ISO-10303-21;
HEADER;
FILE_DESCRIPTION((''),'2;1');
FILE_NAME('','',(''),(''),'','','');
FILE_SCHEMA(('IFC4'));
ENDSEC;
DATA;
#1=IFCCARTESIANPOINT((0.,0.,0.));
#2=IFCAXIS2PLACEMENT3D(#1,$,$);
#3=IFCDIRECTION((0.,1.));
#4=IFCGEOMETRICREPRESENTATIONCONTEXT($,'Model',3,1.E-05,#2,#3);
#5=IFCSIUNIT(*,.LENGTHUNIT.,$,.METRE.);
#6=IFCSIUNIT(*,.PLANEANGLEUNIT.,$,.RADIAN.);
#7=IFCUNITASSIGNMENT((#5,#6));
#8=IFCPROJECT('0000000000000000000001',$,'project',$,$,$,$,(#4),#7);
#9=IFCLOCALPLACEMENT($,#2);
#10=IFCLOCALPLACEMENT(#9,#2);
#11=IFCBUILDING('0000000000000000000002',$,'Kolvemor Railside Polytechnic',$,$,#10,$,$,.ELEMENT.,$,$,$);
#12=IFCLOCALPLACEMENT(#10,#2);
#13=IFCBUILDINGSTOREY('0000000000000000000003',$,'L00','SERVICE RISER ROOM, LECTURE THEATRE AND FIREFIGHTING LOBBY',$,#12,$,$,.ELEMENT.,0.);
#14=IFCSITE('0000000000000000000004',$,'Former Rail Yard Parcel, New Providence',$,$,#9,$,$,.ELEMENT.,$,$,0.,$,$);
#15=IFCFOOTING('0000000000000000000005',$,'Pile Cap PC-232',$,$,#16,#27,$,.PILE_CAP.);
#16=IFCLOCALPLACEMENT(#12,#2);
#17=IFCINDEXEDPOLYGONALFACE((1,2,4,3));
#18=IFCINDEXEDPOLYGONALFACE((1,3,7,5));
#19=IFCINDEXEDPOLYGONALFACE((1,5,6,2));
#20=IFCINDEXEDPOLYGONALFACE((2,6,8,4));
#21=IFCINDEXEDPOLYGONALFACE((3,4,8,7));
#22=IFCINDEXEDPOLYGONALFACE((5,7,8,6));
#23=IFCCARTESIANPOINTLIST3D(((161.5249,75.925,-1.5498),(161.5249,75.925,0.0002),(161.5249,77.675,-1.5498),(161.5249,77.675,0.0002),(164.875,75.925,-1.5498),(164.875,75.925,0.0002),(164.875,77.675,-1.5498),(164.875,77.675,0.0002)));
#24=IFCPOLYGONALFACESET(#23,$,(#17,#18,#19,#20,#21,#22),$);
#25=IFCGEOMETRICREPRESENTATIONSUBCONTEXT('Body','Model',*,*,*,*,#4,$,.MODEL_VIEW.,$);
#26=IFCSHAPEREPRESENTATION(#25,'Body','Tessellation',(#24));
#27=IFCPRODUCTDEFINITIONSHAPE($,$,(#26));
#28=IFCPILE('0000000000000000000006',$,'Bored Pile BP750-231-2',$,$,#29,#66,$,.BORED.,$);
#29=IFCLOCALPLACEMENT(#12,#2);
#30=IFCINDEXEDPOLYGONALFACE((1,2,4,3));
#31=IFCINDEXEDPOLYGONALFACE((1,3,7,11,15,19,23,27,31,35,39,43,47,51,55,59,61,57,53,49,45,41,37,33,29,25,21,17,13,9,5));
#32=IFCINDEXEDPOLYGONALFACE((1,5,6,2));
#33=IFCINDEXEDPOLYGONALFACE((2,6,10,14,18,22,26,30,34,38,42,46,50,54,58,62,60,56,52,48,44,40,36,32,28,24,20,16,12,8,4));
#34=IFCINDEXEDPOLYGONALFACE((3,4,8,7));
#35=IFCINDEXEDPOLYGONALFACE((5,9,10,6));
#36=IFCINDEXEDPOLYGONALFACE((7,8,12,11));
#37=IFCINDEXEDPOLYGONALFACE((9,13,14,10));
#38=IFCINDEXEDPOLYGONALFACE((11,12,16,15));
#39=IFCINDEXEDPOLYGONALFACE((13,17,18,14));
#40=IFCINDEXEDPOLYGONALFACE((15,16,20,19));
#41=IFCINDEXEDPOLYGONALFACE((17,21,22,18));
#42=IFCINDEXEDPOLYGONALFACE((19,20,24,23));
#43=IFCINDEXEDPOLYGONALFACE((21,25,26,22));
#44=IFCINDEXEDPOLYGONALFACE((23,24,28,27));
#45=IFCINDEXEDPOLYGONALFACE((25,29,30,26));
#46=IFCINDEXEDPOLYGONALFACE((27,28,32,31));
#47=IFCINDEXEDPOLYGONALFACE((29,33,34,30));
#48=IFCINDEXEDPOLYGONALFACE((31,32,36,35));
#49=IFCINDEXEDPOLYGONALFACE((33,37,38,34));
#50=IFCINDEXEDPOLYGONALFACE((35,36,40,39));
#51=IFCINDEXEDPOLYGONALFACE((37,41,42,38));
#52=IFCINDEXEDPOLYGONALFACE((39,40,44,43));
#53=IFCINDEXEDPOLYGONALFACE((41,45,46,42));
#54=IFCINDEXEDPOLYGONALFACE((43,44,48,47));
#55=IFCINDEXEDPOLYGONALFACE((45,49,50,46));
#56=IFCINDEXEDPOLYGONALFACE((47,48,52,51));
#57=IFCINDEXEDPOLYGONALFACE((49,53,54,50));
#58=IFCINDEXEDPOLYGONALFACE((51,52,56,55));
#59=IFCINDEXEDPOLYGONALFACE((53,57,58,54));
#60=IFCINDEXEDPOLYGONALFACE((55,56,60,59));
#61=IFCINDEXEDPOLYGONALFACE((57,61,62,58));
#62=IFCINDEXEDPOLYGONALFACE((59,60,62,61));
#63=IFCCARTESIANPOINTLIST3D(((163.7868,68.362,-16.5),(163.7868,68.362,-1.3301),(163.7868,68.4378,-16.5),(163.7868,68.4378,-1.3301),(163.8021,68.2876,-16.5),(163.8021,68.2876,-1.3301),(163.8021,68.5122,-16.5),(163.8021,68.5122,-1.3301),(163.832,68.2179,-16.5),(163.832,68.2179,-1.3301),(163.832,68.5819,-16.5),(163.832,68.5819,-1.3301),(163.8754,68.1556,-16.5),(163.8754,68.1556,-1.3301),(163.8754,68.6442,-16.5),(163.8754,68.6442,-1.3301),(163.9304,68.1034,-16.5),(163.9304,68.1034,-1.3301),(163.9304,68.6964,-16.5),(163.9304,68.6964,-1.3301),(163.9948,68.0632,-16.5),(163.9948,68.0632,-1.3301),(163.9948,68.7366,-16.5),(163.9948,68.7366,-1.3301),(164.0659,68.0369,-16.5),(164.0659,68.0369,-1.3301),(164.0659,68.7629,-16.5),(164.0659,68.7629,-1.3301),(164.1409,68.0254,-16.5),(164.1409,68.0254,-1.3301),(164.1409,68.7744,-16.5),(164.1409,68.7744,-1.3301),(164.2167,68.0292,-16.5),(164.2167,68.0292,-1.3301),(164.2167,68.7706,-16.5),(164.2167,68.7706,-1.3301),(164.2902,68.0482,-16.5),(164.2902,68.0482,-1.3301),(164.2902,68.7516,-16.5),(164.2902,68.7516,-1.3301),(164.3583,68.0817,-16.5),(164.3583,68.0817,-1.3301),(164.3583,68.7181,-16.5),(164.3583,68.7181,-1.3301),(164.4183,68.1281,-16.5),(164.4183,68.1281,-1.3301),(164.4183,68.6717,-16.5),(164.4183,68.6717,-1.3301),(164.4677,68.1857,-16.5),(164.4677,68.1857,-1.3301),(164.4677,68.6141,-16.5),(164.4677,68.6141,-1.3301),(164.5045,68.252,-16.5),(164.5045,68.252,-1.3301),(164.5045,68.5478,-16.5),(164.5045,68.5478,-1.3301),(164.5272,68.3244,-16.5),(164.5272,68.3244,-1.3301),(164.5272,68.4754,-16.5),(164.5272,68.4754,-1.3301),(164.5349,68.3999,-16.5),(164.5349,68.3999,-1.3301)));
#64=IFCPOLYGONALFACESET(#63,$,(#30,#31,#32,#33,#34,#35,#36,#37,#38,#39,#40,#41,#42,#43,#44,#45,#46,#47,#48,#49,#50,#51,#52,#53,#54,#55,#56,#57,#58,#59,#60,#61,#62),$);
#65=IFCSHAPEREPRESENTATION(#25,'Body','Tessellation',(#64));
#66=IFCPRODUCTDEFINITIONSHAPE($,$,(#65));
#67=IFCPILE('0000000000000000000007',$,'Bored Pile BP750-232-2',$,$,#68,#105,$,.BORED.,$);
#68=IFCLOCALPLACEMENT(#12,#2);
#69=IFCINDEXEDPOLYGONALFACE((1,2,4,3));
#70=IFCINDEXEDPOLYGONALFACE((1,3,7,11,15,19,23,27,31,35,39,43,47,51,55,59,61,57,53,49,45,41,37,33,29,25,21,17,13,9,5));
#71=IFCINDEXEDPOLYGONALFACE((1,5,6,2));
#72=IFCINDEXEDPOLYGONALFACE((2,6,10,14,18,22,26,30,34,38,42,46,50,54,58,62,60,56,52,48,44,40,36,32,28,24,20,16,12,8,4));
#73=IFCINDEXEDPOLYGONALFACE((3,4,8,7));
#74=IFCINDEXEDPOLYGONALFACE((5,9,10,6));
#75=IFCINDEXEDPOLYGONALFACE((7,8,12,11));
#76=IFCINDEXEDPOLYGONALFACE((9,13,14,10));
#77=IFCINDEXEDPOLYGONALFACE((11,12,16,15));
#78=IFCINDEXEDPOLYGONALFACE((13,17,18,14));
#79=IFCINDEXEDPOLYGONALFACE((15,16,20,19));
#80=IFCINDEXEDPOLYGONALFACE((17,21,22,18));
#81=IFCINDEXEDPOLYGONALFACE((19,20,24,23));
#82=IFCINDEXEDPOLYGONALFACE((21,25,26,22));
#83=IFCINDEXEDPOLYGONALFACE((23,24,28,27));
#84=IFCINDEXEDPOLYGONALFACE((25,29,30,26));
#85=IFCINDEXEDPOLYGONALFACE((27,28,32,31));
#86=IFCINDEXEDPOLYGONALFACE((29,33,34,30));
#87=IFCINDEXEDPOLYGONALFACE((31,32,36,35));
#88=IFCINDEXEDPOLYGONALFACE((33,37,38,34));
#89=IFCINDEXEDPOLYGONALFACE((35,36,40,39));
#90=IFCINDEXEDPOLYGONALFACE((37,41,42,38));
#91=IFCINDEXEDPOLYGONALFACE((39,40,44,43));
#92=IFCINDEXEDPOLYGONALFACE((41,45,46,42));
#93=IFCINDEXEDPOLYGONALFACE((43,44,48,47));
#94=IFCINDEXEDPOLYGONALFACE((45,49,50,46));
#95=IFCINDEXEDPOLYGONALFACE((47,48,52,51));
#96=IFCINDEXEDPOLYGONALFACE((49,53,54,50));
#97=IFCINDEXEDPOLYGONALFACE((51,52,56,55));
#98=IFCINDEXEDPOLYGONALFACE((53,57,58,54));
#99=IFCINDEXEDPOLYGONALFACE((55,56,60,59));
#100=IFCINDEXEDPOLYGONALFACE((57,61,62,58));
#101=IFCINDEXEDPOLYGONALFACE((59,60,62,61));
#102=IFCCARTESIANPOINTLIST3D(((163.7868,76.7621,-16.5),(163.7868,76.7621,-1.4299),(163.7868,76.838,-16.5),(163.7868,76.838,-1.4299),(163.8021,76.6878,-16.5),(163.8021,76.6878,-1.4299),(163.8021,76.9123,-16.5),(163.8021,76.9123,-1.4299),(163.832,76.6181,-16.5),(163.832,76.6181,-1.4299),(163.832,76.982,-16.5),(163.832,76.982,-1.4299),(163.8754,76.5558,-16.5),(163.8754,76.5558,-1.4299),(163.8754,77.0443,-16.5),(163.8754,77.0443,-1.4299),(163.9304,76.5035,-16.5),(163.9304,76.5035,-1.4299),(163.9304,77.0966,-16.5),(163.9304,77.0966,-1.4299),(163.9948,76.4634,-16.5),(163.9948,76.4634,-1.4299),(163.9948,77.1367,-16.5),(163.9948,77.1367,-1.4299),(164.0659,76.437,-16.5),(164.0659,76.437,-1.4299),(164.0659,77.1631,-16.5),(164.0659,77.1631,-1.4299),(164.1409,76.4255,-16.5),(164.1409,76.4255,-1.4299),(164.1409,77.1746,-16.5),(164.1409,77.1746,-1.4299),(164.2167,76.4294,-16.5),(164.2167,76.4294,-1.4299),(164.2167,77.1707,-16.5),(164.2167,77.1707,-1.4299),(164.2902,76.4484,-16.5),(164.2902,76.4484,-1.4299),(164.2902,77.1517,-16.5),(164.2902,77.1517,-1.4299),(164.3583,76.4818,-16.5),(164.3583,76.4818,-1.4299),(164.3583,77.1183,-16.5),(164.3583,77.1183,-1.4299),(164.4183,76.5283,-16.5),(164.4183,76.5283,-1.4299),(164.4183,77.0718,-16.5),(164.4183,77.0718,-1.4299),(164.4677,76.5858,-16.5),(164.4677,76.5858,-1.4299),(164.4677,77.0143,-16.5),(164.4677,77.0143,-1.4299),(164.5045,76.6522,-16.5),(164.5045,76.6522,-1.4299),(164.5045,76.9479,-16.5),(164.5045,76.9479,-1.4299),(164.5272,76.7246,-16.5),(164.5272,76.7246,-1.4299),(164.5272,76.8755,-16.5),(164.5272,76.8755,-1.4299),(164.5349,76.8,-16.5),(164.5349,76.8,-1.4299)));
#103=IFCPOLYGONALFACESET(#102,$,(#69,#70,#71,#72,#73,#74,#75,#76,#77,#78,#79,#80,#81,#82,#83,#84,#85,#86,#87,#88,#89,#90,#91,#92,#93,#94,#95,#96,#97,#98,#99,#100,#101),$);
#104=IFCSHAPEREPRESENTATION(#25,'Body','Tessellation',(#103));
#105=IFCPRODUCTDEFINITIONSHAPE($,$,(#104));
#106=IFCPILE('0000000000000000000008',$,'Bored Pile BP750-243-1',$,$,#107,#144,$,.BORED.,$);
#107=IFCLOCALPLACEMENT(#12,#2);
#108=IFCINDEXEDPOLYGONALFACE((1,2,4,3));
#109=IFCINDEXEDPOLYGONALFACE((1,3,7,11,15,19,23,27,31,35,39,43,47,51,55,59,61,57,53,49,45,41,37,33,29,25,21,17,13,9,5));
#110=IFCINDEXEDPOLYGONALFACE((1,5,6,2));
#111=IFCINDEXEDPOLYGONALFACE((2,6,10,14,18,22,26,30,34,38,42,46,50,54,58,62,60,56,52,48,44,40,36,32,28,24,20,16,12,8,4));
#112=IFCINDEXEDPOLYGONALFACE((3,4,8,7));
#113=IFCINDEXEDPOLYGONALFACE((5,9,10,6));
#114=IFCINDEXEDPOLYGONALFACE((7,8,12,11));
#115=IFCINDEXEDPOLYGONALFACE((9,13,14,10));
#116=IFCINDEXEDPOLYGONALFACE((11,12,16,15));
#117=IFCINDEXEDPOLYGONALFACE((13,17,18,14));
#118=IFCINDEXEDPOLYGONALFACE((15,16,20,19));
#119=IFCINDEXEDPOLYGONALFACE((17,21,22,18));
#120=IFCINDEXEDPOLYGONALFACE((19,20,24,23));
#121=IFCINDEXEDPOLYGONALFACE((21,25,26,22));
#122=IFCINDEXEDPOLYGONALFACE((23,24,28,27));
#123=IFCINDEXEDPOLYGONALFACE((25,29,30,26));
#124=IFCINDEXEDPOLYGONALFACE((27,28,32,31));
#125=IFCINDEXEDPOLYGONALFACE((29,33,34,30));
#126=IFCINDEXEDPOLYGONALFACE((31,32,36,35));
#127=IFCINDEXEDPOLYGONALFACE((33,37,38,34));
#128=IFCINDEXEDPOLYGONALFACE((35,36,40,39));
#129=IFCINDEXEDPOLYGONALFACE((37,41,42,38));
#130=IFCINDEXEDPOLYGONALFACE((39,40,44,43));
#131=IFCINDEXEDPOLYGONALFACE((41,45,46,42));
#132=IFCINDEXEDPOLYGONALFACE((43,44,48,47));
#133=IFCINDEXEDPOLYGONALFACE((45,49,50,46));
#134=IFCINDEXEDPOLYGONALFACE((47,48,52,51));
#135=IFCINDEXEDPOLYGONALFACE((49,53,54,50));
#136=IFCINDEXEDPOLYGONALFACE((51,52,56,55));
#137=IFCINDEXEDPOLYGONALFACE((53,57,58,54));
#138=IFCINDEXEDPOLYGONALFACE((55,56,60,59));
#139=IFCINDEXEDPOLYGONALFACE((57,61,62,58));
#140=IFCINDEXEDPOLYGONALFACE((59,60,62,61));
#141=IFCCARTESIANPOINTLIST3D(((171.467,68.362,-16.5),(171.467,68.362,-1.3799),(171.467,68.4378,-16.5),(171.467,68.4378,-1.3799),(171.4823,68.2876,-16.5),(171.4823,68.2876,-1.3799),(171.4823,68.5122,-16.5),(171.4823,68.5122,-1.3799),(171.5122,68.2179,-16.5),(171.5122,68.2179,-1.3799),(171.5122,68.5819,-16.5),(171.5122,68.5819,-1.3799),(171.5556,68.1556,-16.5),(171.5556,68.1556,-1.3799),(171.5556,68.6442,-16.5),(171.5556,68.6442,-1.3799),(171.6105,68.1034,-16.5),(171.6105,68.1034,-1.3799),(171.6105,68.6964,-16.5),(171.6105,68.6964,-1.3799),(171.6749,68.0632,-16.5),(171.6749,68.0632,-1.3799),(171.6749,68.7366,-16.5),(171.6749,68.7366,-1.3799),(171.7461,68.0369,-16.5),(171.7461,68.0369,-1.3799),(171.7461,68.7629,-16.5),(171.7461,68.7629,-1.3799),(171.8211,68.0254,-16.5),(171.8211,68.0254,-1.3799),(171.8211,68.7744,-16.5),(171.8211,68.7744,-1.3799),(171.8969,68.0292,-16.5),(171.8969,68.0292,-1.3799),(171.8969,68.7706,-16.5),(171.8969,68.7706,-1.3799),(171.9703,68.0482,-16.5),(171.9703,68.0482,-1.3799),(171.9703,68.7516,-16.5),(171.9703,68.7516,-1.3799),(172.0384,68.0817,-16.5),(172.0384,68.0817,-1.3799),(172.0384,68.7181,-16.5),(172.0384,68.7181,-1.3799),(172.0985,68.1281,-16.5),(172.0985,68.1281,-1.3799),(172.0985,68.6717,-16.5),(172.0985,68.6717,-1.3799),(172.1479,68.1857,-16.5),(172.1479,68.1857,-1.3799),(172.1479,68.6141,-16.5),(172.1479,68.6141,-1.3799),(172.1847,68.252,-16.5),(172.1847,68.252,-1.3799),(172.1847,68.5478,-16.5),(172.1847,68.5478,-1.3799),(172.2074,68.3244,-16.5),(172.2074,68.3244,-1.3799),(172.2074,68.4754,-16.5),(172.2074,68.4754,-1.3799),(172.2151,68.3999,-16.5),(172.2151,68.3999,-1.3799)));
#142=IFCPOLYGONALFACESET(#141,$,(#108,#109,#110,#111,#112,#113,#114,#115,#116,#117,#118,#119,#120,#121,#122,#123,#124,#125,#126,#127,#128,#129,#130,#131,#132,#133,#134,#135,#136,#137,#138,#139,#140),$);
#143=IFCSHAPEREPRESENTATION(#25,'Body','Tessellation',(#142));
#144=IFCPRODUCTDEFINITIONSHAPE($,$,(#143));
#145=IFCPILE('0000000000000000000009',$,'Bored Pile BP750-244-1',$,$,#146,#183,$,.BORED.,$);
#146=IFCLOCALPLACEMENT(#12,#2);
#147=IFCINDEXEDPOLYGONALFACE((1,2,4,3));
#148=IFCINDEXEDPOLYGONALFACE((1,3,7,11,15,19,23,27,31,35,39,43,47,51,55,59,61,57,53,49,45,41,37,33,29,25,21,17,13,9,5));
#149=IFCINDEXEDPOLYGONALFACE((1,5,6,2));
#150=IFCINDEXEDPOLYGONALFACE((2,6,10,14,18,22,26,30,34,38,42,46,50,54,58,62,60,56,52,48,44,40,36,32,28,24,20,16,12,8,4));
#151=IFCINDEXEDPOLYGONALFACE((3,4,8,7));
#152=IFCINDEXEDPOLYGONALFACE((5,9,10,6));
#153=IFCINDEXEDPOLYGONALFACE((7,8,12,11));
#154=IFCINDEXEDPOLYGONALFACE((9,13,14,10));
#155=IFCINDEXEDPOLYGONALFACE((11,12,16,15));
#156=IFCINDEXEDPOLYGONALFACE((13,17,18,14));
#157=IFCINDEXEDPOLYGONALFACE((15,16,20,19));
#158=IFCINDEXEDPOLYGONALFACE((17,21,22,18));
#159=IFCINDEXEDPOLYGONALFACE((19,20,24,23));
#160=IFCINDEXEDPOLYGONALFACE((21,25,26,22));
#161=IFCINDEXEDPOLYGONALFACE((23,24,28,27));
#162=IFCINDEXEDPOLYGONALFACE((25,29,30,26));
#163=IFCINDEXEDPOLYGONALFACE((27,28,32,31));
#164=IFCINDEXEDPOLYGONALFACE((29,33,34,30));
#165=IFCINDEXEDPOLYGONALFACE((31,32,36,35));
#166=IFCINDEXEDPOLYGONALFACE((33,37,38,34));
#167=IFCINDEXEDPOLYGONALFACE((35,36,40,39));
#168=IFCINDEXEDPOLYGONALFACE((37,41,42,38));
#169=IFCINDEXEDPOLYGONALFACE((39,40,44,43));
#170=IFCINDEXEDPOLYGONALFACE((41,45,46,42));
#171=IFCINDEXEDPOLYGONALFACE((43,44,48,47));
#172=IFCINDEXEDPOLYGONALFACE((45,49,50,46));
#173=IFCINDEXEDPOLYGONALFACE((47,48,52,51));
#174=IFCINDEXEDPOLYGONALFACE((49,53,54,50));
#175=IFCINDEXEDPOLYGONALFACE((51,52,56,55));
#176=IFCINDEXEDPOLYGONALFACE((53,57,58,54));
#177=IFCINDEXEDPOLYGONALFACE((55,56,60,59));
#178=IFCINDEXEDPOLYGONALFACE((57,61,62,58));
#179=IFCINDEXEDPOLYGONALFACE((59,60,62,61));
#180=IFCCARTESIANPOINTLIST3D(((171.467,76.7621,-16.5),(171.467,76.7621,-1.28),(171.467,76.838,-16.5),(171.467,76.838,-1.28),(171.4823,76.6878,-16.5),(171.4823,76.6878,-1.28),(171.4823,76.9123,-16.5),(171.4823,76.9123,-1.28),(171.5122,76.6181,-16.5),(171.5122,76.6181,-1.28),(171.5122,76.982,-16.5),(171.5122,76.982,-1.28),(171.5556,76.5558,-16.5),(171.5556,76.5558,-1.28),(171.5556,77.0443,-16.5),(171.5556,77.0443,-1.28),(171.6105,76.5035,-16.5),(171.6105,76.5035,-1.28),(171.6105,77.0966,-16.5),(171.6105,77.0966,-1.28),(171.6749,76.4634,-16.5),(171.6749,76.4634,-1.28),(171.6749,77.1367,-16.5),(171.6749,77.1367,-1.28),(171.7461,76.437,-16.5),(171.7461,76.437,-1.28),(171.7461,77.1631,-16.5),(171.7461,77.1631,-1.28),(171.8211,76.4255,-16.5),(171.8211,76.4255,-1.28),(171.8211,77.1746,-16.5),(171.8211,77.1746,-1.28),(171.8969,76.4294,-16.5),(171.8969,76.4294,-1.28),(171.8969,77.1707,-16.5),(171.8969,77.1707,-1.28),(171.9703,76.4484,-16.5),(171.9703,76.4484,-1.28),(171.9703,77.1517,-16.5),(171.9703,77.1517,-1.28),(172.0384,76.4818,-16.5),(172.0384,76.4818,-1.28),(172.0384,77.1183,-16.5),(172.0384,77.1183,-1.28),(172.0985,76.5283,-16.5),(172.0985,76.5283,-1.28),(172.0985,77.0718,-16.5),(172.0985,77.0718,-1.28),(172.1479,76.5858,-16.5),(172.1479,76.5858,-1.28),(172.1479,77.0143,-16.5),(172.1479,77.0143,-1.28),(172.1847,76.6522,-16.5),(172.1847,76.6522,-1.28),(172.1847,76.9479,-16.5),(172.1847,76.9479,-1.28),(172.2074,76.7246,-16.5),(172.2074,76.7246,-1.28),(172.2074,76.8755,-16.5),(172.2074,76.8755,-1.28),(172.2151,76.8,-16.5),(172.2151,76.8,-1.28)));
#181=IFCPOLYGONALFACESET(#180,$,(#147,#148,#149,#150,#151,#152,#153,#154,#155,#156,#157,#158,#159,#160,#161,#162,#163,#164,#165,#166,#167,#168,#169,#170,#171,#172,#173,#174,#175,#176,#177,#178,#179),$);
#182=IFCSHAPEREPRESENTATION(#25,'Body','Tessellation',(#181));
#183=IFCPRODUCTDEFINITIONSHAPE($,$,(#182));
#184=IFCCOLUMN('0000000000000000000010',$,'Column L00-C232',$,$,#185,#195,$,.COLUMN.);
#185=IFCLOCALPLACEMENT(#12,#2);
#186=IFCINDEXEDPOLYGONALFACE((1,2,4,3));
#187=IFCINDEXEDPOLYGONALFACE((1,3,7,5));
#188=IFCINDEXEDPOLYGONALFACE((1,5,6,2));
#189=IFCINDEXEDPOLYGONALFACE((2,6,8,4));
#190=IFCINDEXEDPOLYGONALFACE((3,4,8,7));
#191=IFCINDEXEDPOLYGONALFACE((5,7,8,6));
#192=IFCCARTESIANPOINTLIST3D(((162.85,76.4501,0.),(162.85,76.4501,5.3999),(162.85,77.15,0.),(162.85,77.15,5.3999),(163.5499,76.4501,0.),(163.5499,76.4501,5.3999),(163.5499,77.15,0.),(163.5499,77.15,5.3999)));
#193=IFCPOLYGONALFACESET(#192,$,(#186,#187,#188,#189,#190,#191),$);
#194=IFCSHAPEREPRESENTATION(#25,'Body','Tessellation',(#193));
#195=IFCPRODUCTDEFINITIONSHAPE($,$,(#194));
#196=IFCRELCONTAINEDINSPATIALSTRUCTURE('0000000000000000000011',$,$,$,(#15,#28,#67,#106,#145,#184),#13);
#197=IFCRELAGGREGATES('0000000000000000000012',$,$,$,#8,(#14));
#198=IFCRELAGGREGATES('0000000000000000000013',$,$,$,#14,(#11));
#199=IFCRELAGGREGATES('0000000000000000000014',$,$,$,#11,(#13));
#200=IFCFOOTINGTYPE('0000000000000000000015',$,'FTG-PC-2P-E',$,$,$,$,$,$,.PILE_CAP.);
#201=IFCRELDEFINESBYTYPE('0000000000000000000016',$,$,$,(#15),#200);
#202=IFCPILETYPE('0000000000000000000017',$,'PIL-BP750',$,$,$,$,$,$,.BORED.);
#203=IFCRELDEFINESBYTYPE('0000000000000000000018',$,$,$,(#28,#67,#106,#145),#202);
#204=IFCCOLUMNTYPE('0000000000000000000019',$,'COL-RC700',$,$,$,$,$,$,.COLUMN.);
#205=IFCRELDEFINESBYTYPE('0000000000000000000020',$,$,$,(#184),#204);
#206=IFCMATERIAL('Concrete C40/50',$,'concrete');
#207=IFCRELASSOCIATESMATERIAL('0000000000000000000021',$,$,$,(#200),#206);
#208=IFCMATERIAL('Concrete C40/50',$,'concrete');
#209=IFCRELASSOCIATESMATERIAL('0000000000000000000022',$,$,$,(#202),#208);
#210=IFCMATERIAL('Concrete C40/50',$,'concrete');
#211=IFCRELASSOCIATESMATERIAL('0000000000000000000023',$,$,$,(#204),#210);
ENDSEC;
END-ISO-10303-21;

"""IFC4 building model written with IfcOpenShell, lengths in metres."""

from ifc_helpers import new_model, si_unit, direction, frame, origin, origin_2d, place, context, subcontext, project, spatial, rectangle, circle, extrude, material, material_profile, profile_set, type_object, element, save


model = new_model("IFC4")

# Units and contexts
model_context = context("Model", 3, precision=1e-05, world=origin(), true_north=direction((0.0, 1.0)))
body_context = subcontext(model_context, "Body", "Model", "MODEL_VIEW")
ifc_project = project(units=[si_unit("LENGTHUNIT", "METRE"), si_unit("PLANEANGLEUNIT", "RADIAN")], contexts=[model_context])

# Site, building, storey
site_placement = place(None, origin())
site = spatial("IfcSite", under=ifc_project, at=site_placement, Name="Former Rail Yard Parcel, New Providence", CompositionType="ELEMENT", RefElevation=0.0)
building_placement = place(site_placement, origin())
building = spatial("IfcBuilding", under=site, at=building_placement, Name="Kolvemor Railside Polytechnic", CompositionType="ELEMENT")
storey_placement = place(building_placement, origin())
storey = spatial("IfcBuildingStorey", under=building, at=storey_placement, Name="L00", Description="SERVICE RISER ROOM, LECTURE THEATRE AND FIREFIGHTING LOBBY", CompositionType="ELEMENT", Elevation=0.0)

# Footing
ifc_material_1 = material(Name="Concrete C40/50", Category="concrete")
footing_type = type_object("IfcFootingType", Name="FTG-PC-2P-E", PredefinedType="PILE_CAP", material=ifc_material_1)
footing_placement = place(storey_placement, frame((163.2, 76.8, -1.5498), z_axis=(0.0, 0.0, 1.0), x_axis=(1.0, 0.0, 0.0)))
element("IfcFooting", 1, at=footing_placement, inside=storey, type_object=footing_type, Name="Pile Cap PC-232", PredefinedType="PILE_CAP", context=body_context, shape_type="SweptSolid", body=[
    extrude(rectangle(XDim=3.3501, YDim=1.75, at=origin_2d()), origin(), (0.0, 0.0, 1.0), 1.55),
])

# Piles
ifc_material_2 = material(Name="Concrete C40/50", Category="concrete")
ifc_material_profile_1 = material_profile(ifc_material_2, circle(Radius=0.375, at=origin_2d()), Name="BP750")
ifc_profile_set_1 = profile_set([ifc_material_profile_1], Name="Concrete C40/50")
pile_type = type_object("IfcPileType", Name="PIL-BP750", PredefinedType="BORED", material=ifc_profile_set_1)
pile_1_placement = place(storey_placement, frame((164.1599, 68.3999, -1.3301), z_axis=(0.0, 0.0, -1.0), x_axis=(1.0, 0.0, 0.0)))
element("IfcPile", 2, at=pile_1_placement, inside=storey, type_object=pile_type, Name="Bored Pile BP750-231-2", PredefinedType="BORED", context=body_context, shape_type="SweptSolid", body=[
    extrude(circle(Radius=0.375, at=origin_2d()), origin(), (0.0, 0.0, 1.0), 15.1699),
])
pile_2_placement = place(storey_placement, frame((164.1599, 76.8, -1.4299), z_axis=(0.0, 0.0, -1.0), x_axis=(1.0, 0.0, 0.0)))
element("IfcPile", 3, at=pile_2_placement, inside=storey, type_object=pile_type, Name="Bored Pile BP750-232-2", PredefinedType="BORED", context=body_context, shape_type="SweptSolid", body=[
    extrude(circle(Radius=0.375, at=origin_2d()), origin(), (0.0, 0.0, 1.0), 15.0701),
])
pile_3_placement = place(storey_placement, frame((171.8401, 68.3999, -1.3799), z_axis=(0.0, 0.0, -1.0), x_axis=(1.0, 0.0, 0.0)))
element("IfcPile", 4, at=pile_3_placement, inside=storey, type_object=pile_type, Name="Bored Pile BP750-243-1", PredefinedType="BORED", context=body_context, shape_type="SweptSolid", body=[
    extrude(circle(Radius=0.375, at=origin_2d()), origin(), (0.0, 0.0, 1.0), 15.1201),
])
pile_4_placement = place(storey_placement, frame((171.8401, 76.8, -1.28), z_axis=(0.0, 0.0, -1.0), x_axis=(1.0, 0.0, 0.0)))
element("IfcPile", 5, at=pile_4_placement, inside=storey, type_object=pile_type, Name="Bored Pile BP750-244-1", PredefinedType="BORED", context=body_context, shape_type="SweptSolid", body=[
    extrude(circle(Radius=0.375, at=origin_2d()), origin(), (0.0, 0.0, 1.0), 15.22),
])

# Column
ifc_material_3 = material(Name="Concrete C40/50", Category="concrete")
ifc_material_profile_2 = material_profile(ifc_material_3, rectangle(XDim=0.7, YDim=0.7, at=origin_2d()), Name="RC700x700")
ifc_profile_set_2 = profile_set([ifc_material_profile_2], Name="Concrete C40/50")
column_type = type_object("IfcColumnType", Name="COL-RC700", PredefinedType="COLUMN", material=ifc_profile_set_2)
column_placement = place(storey_placement, frame((163.2, 76.8, 0.0), z_axis=(0.0, 0.0, 1.0), x_axis=(1.0, 0.0, 0.0)))
element("IfcColumn", 6, at=column_placement, inside=storey, type_object=column_type, Name="Column L00-C232", PredefinedType="COLUMN", context=body_context, shape_type="SweptSolid", body=[
    extrude(rectangle(XDim=0.7, YDim=0.7, at=origin_2d()), origin(), (0.0, 0.0, 1.0), 5.3999),
])

save(model, "model.ifc")
